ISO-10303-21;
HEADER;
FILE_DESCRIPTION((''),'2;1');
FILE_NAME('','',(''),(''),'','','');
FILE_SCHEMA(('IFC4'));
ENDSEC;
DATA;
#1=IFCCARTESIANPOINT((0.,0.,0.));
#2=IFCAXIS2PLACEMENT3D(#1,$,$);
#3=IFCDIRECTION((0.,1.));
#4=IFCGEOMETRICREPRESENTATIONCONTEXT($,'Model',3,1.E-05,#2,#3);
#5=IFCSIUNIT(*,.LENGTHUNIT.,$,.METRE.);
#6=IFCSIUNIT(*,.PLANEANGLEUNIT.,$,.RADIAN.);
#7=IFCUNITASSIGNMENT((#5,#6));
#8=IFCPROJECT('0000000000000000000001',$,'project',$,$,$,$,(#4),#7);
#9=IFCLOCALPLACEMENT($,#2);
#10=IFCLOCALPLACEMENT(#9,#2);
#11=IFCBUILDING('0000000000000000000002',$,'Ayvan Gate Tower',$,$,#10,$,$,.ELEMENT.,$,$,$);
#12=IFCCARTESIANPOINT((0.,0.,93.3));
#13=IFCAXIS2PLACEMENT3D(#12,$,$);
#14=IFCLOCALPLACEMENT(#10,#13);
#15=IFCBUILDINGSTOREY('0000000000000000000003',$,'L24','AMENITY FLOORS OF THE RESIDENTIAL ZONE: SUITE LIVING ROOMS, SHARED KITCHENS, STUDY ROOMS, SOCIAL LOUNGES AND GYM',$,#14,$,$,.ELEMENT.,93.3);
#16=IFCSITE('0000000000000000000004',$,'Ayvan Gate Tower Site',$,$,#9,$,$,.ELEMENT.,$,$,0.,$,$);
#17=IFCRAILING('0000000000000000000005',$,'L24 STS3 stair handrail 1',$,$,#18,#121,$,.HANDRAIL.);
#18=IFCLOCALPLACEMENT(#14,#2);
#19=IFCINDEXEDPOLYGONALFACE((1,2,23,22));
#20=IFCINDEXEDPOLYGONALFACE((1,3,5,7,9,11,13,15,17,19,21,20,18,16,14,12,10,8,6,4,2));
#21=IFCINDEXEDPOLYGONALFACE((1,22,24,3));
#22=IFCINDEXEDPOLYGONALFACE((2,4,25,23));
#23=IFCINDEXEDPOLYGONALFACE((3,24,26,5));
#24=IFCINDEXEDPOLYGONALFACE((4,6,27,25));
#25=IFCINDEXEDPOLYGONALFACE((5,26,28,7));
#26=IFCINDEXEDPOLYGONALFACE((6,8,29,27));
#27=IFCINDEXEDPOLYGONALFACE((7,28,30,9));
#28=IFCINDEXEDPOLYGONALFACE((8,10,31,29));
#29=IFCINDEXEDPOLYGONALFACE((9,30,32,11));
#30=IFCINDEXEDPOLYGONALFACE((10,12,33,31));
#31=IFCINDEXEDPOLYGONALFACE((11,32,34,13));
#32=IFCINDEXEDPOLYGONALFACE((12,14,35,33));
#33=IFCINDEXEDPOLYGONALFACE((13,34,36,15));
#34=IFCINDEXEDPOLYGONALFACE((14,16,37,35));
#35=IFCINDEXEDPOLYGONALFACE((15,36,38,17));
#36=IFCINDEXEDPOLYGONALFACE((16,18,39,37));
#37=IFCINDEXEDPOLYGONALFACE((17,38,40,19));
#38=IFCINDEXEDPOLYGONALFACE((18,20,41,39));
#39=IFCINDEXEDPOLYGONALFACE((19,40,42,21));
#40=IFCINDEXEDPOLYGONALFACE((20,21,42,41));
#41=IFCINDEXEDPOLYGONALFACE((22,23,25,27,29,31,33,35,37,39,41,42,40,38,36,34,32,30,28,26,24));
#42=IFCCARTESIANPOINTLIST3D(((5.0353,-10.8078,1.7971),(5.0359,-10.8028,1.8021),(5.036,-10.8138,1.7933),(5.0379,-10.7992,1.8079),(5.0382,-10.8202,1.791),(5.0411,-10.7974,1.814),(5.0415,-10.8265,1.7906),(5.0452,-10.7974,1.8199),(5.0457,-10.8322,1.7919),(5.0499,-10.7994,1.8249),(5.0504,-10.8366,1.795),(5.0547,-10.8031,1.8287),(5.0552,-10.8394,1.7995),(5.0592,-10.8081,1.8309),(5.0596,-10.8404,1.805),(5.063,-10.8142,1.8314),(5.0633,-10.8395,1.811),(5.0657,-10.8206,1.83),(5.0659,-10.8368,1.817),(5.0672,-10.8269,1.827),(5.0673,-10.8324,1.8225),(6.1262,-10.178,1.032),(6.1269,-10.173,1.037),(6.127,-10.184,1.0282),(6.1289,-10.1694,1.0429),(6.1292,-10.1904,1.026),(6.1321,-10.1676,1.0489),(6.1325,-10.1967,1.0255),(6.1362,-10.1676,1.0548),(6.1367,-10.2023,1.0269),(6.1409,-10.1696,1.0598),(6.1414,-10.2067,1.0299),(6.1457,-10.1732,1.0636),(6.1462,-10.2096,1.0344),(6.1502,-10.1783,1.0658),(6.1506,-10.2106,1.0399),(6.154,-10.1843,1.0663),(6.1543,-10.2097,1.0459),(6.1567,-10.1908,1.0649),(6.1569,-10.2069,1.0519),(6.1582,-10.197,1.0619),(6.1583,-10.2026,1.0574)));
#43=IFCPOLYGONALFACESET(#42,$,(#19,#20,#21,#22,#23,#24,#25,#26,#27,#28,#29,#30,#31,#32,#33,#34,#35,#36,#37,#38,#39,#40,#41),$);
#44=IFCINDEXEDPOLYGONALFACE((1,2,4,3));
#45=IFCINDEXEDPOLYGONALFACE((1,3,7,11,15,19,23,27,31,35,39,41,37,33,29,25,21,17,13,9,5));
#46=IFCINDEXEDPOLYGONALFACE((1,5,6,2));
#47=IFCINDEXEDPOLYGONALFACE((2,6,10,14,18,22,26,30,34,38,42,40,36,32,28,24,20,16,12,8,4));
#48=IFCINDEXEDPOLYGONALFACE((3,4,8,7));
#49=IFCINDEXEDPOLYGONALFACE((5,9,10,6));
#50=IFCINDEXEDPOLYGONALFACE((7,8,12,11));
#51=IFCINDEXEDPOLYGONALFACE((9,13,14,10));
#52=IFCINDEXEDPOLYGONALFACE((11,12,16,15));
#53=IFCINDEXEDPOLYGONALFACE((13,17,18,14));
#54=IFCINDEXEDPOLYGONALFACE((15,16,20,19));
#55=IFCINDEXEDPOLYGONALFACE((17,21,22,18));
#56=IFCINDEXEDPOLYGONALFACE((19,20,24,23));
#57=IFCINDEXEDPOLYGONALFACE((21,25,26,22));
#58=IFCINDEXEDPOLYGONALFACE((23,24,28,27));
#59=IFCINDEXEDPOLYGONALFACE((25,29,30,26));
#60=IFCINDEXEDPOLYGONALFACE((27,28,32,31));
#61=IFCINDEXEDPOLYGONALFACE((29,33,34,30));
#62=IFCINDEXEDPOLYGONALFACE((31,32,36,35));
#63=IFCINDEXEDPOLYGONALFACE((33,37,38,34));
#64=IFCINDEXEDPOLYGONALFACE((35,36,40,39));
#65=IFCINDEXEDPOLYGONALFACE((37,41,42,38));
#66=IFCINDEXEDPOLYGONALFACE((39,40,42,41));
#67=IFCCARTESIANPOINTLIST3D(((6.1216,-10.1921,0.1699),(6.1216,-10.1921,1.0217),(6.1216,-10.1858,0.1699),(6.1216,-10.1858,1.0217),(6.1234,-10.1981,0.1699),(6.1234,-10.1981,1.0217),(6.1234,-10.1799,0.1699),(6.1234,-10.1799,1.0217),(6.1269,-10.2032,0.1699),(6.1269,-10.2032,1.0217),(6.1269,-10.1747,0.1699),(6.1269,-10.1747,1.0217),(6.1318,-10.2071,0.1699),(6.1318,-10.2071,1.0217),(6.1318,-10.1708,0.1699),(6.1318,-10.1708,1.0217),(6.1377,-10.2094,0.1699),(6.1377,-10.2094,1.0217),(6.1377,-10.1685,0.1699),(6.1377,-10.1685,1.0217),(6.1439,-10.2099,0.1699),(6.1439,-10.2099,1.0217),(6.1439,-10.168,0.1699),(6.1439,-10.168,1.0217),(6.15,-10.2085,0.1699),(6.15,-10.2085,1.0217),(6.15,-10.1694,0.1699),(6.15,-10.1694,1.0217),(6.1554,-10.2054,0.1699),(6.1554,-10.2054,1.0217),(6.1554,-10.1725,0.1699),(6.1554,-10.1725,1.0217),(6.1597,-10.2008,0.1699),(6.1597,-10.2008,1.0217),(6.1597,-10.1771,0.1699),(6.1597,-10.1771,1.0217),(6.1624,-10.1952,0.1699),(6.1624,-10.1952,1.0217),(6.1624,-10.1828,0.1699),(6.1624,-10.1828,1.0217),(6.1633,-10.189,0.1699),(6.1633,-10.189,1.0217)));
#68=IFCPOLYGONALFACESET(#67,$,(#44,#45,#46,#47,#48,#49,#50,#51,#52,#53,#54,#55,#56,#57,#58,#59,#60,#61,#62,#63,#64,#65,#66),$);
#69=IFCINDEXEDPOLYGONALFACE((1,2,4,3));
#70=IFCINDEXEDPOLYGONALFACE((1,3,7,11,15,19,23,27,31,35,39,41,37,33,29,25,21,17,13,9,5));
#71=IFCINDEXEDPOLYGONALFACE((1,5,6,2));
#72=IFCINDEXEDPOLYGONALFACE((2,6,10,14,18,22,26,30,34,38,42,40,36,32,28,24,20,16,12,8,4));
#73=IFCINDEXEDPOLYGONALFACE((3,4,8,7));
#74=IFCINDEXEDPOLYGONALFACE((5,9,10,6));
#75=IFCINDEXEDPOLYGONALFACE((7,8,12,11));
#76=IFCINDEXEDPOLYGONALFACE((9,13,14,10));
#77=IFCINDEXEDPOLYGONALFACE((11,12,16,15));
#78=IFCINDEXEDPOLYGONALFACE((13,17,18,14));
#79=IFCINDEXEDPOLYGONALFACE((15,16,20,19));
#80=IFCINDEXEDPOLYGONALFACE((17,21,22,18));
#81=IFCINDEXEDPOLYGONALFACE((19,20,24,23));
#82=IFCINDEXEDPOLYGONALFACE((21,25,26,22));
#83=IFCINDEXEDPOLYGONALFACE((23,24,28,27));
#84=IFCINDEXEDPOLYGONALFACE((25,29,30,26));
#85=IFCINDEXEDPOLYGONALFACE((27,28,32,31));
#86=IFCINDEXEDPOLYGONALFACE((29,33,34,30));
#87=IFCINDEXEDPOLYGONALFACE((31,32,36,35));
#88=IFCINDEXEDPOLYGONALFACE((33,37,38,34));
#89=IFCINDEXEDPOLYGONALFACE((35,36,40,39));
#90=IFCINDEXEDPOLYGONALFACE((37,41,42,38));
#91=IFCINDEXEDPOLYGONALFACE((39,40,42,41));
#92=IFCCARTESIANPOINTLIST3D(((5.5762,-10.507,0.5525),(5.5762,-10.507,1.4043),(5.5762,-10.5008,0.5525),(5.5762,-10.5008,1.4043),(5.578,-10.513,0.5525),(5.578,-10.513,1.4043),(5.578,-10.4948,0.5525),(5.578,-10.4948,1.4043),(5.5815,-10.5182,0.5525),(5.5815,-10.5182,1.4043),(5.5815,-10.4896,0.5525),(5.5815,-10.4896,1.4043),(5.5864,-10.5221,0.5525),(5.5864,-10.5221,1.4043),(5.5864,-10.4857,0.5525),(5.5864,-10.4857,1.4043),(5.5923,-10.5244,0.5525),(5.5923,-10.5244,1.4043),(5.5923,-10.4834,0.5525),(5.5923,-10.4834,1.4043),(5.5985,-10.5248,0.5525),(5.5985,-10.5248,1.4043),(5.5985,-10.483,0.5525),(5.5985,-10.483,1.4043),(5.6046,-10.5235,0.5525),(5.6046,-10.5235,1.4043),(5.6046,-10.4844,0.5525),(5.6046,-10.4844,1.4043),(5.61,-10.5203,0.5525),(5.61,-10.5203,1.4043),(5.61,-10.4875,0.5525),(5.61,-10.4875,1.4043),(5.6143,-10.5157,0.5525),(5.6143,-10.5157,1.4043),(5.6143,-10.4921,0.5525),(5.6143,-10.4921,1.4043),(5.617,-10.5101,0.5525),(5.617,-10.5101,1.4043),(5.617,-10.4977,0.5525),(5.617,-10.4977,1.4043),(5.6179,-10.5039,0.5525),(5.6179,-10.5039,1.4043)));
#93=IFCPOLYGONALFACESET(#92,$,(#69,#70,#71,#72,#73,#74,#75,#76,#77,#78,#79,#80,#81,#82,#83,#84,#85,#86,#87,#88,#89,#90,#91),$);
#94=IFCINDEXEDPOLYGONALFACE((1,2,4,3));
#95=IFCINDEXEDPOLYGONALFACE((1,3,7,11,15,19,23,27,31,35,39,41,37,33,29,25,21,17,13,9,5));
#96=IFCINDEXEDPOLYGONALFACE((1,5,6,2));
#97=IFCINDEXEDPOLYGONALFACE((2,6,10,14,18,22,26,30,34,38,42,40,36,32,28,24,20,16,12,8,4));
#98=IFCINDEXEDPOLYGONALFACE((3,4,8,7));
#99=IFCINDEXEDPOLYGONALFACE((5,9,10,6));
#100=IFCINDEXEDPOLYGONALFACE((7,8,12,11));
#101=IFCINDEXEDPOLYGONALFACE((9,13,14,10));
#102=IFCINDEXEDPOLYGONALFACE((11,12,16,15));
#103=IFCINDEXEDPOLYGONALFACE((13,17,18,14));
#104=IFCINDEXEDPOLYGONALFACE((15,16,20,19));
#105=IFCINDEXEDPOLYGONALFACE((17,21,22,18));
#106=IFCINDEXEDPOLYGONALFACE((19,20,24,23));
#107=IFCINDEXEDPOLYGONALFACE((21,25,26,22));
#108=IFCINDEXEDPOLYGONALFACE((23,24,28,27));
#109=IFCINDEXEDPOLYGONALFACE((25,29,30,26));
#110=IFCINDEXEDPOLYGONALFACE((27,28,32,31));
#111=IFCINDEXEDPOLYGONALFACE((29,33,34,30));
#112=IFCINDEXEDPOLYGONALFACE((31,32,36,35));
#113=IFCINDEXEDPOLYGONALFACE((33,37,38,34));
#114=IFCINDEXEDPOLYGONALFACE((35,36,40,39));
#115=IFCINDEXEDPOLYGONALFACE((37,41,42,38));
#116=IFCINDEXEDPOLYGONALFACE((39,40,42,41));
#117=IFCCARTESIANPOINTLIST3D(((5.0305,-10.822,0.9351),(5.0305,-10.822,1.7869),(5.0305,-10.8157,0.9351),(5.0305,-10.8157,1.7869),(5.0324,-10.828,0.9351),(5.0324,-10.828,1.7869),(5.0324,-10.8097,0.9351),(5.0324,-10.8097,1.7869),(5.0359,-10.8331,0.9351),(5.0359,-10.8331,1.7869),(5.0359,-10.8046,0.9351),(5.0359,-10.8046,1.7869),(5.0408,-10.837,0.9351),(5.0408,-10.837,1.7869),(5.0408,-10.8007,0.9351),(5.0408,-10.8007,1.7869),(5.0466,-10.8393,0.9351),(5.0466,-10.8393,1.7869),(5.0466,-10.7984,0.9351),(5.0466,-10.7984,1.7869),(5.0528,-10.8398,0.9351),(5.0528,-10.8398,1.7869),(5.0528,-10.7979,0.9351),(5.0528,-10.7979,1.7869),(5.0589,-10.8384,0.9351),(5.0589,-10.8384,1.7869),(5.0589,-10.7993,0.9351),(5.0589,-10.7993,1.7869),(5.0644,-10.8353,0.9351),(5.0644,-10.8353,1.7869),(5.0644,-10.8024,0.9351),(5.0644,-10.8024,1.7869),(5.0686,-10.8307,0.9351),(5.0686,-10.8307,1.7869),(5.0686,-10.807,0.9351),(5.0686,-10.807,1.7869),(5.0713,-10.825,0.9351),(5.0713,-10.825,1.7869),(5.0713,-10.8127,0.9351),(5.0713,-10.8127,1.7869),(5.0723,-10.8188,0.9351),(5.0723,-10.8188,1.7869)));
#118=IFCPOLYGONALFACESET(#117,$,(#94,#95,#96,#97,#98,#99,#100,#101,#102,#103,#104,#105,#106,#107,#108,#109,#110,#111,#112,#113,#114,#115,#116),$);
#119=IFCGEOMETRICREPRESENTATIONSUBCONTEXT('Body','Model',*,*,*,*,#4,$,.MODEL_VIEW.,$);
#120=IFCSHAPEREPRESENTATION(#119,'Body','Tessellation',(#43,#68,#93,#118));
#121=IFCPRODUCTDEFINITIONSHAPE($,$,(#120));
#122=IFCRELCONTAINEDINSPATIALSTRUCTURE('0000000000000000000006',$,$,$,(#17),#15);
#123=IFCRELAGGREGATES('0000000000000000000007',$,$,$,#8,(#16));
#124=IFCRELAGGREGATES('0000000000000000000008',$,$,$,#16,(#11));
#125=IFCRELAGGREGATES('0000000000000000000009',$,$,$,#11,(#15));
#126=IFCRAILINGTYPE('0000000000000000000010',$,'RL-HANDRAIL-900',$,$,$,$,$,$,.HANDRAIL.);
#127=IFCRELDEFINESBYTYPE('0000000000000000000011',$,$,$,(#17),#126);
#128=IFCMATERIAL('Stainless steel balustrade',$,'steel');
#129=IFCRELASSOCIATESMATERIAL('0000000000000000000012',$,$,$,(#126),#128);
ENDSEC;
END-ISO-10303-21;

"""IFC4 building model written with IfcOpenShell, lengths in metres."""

from ifc_helpers import new_model, si_unit, direction, frame, origin, origin_2d, place, context, subcontext, project, spatial, circle, extrude, material, type_object, element, save


model = new_model("IFC4")

# Units and contexts
model_context = context("Model", 3, precision=1e-05, world=origin(), true_north=direction((0.0, 1.0)))
body_context = subcontext(model_context, "Body", "Model", "MODEL_VIEW")
ifc_project = project(units=[si_unit("LENGTHUNIT", "METRE"), si_unit("PLANEANGLEUNIT", "RADIAN")], contexts=[model_context])

# Site, building, storey
site_placement = place(None, origin())
site = spatial("IfcSite", under=ifc_project, at=site_placement, Name="Ayvan Gate Tower Site", CompositionType="ELEMENT", RefElevation=0.0)
building_placement = place(site_placement, origin())
building = spatial("IfcBuilding", under=site, at=building_placement, Name="Ayvan Gate Tower", CompositionType="ELEMENT")
storey_placement = place(building_placement, frame((0.0, 0.0, 93.3)))
storey = spatial("IfcBuildingStorey", under=building, at=storey_placement, Name="L24", Description="AMENITY FLOORS OF THE RESIDENTIAL ZONE: SUITE LIVING ROOMS, SHARED KITCHENS, STUDY ROOMS, SOCIAL LOUNGES AND GYM", CompositionType="ELEMENT", Elevation=93.3)

# Railing
ifc_material_1 = material(Name="Stainless steel balustrade", Category="steel")
railing_type_1 = type_object("IfcRailingType", Name="RL-HANDRAIL-900", PredefinedType="HANDRAIL", material=ifc_material_1)
railing_1_placement = place(storey_placement, frame((6.1423, -10.189, 0.1699)))
element("IfcRailing", 1, at=railing_1_placement, inside=storey, type_object=railing_type_1, Name="L24 STS3 stair handrail 1", PredefinedType="HANDRAIL", context=body_context, shape_type="SweptSolid", body=[
    extrude(circle(Radius=0.0239, at=origin_2d()), frame((0.0, 0.0, 0.876), z_axis=(-0.740218, -0.427336, 0.519097), x_axis=(0.499974, -0.86604, 0.0)), (0.0, 0.0, 1.0), 1.4739),
    extrude(circle(Radius=0.021, at=origin_2d()), origin(), (0.0, 0.0, 1.0), 0.8518),
    extrude(circle(Radius=0.021, at=origin_2d()), frame((-0.5454, -0.3149, 0.3826)), (0.0, 0.0, 1.0), 0.8518),
    extrude(circle(Radius=0.021, at=origin_2d()), frame((-1.0911, -0.6299, 0.7651)), (0.0, 0.0, 1.0), 0.8518),
])

save(model, "model.ifc")
